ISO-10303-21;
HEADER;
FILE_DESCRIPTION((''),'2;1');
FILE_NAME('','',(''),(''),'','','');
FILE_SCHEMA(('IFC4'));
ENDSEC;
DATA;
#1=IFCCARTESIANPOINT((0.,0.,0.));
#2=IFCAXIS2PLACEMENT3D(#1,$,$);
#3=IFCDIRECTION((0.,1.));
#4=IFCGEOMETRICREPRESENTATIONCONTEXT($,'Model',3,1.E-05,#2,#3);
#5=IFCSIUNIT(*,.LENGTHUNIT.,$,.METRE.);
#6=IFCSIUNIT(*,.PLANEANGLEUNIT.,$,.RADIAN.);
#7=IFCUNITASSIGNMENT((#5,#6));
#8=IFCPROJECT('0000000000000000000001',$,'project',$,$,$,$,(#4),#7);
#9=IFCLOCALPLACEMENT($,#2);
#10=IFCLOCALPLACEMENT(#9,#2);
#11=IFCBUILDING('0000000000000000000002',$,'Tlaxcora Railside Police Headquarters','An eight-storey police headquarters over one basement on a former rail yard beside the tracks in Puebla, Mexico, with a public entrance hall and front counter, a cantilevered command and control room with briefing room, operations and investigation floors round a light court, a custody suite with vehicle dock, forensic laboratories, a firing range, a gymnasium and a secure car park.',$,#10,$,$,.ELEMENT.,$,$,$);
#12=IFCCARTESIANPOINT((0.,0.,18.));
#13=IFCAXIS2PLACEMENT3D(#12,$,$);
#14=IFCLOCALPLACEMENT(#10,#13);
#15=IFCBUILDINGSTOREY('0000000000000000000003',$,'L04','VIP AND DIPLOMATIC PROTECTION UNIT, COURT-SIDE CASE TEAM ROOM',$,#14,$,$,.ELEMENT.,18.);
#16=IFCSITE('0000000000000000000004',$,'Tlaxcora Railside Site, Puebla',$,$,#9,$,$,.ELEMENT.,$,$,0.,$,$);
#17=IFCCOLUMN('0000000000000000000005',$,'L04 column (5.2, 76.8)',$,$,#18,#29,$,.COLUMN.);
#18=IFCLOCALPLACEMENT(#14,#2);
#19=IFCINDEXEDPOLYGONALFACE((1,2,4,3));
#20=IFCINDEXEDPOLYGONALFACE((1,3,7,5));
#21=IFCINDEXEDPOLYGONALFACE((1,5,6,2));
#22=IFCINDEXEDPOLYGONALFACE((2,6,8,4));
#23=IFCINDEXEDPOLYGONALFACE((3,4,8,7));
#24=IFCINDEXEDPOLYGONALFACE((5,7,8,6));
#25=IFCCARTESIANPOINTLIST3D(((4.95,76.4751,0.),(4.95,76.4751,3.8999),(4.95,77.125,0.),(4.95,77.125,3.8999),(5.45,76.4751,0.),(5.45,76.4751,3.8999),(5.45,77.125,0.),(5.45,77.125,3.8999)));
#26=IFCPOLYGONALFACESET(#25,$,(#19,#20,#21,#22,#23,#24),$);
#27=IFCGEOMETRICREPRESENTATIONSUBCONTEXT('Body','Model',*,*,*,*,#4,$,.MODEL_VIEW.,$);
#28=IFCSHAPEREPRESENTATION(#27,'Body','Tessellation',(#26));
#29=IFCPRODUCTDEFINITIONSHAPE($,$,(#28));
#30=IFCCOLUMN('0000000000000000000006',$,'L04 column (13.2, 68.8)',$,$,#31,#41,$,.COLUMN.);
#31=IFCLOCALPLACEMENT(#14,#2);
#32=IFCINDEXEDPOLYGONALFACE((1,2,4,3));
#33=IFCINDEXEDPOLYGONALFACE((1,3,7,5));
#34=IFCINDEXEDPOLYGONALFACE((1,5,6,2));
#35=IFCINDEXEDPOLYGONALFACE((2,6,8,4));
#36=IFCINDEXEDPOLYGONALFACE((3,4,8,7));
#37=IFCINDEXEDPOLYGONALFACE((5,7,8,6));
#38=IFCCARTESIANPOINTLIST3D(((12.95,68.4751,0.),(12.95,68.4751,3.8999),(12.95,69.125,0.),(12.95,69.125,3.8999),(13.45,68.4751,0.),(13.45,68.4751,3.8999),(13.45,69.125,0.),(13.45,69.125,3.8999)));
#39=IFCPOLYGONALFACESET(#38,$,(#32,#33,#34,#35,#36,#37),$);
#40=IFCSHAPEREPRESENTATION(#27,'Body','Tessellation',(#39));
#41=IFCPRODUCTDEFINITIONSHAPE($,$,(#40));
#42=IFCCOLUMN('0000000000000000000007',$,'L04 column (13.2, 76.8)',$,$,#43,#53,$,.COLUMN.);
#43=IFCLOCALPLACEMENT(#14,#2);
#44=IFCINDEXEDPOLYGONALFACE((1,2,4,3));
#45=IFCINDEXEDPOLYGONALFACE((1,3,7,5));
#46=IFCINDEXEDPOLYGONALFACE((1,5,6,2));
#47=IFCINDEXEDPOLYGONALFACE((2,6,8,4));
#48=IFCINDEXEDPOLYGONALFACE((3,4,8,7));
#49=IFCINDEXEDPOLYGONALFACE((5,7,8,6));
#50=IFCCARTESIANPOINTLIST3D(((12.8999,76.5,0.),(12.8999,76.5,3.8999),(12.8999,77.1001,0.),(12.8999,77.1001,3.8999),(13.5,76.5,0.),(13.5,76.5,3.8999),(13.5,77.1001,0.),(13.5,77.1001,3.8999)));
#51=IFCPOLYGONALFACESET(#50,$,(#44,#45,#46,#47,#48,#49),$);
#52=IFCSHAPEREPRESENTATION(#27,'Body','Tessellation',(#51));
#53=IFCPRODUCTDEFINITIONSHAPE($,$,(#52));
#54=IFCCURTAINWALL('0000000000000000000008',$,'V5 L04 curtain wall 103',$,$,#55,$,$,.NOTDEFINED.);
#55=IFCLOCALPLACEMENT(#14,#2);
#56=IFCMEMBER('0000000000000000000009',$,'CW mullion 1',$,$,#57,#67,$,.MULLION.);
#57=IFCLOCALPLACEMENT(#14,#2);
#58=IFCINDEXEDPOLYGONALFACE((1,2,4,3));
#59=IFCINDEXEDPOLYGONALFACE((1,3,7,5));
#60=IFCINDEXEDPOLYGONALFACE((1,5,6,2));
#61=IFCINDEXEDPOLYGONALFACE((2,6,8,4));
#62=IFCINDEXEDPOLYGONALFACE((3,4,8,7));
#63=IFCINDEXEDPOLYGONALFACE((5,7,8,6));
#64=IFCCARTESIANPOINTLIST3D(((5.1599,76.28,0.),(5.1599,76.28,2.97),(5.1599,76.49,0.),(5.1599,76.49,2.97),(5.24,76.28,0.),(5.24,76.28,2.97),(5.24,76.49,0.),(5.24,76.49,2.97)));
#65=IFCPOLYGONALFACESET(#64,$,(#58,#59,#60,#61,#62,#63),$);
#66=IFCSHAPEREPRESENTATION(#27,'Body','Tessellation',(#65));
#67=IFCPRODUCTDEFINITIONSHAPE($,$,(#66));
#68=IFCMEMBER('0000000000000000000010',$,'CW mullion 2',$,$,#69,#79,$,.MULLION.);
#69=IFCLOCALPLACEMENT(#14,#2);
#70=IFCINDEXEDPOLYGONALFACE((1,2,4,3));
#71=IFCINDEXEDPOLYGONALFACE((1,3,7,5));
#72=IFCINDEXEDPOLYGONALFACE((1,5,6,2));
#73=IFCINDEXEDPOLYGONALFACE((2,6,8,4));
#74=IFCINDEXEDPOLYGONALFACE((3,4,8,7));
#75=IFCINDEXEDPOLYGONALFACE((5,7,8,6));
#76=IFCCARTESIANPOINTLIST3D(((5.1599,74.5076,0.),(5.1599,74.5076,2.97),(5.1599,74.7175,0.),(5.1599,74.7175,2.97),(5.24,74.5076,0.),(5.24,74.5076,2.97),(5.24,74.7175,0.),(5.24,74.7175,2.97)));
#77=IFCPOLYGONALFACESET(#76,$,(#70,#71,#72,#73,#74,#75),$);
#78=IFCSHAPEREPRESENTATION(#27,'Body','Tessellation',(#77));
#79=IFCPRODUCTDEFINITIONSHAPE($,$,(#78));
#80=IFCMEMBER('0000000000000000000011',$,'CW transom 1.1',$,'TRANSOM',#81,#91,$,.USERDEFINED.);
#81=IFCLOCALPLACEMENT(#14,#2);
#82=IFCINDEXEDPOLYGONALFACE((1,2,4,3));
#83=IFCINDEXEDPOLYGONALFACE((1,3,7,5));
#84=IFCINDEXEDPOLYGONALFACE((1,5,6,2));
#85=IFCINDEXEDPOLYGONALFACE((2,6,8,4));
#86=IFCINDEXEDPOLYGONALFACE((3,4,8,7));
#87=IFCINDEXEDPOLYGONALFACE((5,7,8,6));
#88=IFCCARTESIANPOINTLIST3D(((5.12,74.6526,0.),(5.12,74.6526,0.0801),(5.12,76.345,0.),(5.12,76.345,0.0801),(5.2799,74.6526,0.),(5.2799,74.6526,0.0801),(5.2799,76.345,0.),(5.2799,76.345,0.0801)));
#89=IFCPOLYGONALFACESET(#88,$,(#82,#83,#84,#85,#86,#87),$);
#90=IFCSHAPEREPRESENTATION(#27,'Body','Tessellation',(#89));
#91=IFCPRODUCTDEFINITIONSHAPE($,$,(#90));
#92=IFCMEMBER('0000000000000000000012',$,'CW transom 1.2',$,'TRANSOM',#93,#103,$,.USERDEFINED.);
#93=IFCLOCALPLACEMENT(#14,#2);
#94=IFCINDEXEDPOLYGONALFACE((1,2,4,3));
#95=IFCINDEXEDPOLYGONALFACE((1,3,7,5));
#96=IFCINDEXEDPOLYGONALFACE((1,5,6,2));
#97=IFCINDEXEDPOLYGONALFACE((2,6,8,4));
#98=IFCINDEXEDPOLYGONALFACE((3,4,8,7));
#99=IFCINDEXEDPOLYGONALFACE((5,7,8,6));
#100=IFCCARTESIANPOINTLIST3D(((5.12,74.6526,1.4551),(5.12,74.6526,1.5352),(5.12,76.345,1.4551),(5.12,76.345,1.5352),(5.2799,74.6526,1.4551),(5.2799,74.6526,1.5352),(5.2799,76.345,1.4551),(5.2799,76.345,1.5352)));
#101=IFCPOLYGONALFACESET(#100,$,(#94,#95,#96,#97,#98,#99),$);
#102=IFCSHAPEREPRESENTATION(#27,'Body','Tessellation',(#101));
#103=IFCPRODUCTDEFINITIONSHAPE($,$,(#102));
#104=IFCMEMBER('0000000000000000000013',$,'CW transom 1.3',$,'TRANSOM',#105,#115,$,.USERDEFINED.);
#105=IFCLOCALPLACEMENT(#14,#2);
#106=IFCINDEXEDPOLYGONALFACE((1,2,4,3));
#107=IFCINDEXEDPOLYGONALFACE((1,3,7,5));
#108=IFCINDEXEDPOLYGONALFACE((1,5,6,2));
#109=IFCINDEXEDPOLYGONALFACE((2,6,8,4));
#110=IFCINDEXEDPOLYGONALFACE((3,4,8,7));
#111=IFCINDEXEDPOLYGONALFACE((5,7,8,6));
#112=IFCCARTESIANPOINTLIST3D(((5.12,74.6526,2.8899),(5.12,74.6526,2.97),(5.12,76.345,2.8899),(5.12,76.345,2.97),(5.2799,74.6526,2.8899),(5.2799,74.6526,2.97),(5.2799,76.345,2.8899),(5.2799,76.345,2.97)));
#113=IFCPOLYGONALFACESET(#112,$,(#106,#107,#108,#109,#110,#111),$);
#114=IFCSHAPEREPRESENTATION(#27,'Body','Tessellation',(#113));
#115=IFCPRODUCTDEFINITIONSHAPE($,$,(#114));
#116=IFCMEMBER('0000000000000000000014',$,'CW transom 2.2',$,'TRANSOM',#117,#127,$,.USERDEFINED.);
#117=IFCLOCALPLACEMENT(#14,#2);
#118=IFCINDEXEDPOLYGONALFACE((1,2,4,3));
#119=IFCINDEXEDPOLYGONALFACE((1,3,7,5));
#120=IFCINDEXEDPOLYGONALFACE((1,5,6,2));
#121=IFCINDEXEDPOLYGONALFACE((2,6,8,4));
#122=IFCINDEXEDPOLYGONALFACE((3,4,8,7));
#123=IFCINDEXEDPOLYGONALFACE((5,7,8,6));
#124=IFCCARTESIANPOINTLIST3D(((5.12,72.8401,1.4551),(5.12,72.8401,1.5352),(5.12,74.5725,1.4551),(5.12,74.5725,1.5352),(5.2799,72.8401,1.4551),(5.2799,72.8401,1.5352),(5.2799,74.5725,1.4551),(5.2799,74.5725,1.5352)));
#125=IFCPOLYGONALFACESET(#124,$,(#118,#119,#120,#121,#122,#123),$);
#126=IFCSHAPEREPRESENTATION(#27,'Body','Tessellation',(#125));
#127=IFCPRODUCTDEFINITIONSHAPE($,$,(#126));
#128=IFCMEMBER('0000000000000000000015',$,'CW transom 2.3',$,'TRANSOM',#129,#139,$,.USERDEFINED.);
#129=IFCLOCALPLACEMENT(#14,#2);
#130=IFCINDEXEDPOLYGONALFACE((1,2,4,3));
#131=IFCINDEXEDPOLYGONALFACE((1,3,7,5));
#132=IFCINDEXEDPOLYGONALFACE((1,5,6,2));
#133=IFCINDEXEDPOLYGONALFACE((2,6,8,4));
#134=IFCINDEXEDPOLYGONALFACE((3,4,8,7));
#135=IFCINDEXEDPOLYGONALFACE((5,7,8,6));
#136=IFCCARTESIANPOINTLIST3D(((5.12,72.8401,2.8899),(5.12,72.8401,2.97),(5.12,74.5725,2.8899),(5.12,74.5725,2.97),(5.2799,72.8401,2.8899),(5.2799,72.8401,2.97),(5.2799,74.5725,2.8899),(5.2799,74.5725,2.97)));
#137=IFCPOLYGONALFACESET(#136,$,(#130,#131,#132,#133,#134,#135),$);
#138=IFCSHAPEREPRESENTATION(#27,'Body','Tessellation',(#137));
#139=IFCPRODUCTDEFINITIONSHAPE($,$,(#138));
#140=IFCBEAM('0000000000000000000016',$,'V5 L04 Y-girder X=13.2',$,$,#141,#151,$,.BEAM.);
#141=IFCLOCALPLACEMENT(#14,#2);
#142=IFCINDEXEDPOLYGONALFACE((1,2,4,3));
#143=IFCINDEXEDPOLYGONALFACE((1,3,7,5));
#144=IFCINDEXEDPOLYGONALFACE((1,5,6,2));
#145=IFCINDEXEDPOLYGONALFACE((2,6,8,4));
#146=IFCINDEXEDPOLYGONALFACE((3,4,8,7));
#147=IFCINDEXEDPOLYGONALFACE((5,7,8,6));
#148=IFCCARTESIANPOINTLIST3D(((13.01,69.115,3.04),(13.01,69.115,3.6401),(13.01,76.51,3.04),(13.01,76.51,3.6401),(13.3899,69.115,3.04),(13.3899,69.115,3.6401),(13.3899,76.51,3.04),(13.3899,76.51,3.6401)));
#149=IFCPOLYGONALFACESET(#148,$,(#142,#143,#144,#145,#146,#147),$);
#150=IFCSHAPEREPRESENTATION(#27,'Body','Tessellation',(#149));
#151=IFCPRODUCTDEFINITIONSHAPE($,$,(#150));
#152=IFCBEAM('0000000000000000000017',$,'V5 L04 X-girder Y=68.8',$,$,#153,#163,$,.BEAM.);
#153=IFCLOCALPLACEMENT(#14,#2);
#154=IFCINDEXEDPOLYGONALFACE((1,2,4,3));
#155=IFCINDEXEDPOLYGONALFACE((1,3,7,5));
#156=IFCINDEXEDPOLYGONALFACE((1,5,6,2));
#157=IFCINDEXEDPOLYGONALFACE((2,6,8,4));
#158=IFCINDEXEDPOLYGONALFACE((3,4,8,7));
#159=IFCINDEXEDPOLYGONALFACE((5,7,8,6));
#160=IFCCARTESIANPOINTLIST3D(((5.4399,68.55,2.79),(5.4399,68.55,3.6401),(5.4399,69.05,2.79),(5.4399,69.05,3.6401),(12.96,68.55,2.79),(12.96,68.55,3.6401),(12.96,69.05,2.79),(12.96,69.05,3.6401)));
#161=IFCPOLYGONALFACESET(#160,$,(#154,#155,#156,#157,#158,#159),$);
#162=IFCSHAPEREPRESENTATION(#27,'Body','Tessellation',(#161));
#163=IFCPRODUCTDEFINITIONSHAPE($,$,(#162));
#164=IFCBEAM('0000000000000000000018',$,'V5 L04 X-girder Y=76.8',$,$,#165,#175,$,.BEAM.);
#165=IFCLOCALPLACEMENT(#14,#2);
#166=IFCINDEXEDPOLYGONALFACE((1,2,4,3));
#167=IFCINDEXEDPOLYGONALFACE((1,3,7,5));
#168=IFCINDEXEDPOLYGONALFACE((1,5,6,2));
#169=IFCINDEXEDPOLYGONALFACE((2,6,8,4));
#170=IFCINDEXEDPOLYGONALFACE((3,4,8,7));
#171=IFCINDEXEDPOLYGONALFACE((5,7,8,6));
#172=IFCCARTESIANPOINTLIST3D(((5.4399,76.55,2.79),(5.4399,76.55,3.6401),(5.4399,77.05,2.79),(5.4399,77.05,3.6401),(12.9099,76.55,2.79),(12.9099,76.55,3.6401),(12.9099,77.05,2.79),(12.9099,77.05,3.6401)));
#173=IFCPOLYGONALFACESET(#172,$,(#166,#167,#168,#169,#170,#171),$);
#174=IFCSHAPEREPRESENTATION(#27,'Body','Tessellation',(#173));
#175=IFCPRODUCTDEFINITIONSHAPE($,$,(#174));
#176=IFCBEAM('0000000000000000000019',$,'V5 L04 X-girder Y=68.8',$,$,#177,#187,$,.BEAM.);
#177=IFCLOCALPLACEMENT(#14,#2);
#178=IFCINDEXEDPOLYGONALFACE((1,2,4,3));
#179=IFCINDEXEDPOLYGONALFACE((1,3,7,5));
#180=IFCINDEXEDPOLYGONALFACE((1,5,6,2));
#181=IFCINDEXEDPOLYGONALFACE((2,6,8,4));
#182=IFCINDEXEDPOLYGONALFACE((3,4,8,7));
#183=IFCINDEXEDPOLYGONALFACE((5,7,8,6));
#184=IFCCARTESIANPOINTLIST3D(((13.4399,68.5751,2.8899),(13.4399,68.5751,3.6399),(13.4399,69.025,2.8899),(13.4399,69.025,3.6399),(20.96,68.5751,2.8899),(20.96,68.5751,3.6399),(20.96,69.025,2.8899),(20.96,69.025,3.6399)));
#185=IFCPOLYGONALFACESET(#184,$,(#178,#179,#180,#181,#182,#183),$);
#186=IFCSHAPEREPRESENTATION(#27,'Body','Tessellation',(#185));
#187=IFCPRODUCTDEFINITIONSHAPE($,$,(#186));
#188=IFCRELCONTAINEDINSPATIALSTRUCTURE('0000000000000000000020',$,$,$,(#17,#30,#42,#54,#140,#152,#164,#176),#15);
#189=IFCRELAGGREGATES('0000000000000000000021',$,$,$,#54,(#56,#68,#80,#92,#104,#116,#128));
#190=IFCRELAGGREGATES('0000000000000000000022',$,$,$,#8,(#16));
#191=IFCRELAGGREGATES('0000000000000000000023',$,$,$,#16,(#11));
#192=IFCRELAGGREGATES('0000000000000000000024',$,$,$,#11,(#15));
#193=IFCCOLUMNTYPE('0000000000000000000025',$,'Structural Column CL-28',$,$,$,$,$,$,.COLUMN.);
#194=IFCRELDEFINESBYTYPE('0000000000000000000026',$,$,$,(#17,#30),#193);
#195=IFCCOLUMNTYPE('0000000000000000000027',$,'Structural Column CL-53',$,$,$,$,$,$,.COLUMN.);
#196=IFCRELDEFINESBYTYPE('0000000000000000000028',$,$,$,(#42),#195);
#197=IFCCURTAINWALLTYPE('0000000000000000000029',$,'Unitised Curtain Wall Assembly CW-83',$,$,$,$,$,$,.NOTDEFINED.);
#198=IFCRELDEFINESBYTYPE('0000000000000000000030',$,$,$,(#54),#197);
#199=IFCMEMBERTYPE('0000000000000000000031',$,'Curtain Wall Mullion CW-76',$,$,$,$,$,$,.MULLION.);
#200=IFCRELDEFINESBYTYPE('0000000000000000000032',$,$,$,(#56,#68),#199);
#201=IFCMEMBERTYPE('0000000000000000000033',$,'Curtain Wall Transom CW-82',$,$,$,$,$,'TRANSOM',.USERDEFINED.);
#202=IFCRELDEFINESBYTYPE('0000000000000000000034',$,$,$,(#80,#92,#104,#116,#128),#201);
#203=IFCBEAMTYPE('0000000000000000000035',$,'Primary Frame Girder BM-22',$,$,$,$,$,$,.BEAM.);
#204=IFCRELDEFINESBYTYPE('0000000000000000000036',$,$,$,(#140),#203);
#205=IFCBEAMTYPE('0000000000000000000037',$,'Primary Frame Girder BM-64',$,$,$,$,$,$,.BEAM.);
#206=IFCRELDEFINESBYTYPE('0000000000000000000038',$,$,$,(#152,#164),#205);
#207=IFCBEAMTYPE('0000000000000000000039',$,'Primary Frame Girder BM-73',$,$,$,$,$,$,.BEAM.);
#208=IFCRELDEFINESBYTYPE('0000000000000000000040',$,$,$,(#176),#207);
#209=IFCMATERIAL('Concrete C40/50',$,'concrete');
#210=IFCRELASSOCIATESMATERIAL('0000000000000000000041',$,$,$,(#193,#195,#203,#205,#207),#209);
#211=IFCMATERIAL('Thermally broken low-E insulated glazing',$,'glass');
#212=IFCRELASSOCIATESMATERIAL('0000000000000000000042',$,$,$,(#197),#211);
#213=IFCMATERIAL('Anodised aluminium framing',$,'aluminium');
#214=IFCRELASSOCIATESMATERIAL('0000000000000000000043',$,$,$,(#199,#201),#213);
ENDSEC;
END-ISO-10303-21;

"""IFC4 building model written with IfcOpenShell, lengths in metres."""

from ifc_helpers import new_model, si_unit, direction, frame, origin, origin_2d, place, context, subcontext, project, spatial, rectangle, extrude, material, material_profile, profile_set, type_object, element, aggregate, save


model = new_model("IFC4")

# Units and contexts
model_context = context("Model", 3, precision=1e-05, world=origin(), true_north=direction((0.0, 1.0)))
body_context = subcontext(model_context, "Body", "Model", "MODEL_VIEW")
ifc_project = project(units=[si_unit("LENGTHUNIT", "METRE"), si_unit("PLANEANGLEUNIT", "RADIAN")], contexts=[model_context])

# Site, building, storey
site_placement = place(None, origin())
site = spatial("IfcSite", under=ifc_project, at=site_placement, Name="Tlaxcora Railside Site, Puebla", CompositionType="ELEMENT", RefElevation=0.0)
building_placement = place(site_placement, origin())
building = spatial("IfcBuilding", under=site, at=building_placement, Name="Tlaxcora Railside Police Headquarters", Description="An eight-storey police headquarters over one basement on a former rail yard beside the tracks in Puebla, Mexico, with a public entrance hall and front counter, a cantilevered command and control room with briefing room, operations and investigation floors round a light court, a custody suite with vehicle dock, forensic laboratories, a firing range, a gymnasium and a secure car park.", CompositionType="ELEMENT")
storey_placement = place(building_placement, frame((0.0, 0.0, 18.0)))
storey = spatial("IfcBuildingStorey", under=building, at=storey_placement, Name="L04", Description="VIP AND DIPLOMATIC PROTECTION UNIT, COURT-SIDE CASE TEAM ROOM", CompositionType="ELEMENT", Elevation=18.0)

# Columns
ifc_material_1 = material(Name="Concrete C40/50", Category="concrete")
ifc_material_profile_1 = material_profile(ifc_material_1, rectangle(XDim=0.5, YDim=0.6499, at=origin_2d()), Name="RC500X650")
ifc_profile_set_1 = profile_set([ifc_material_profile_1], Name="Concrete C40/50")
column_type_1 = type_object("IfcColumnType", Name="Structural Column CL-28", PredefinedType="COLUMN", material=ifc_profile_set_1)
for number, where, z_axis, x_axis, name in (
    (1, (5.2, 76.8, 0.0), (0.0, 0.0, 1.0), (1.0, 0.0, 0.0), "L04 column (5.2, 76.8)"),
    (2, (13.2, 68.8, 0.0), (0.0, 0.0, 1.0), (1.0, 0.0, 0.0), "L04 column (13.2, 68.8)"),
):
    element("IfcColumn", number, at=place(storey_placement, frame(where, z_axis=z_axis, x_axis=x_axis)), inside=storey, type_object=column_type_1, Name=name, PredefinedType="COLUMN", context=body_context, shape_type="SweptSolid", body=[
        extrude(rectangle(XDim=0.5, YDim=0.6499, at=origin_2d()), origin(), (0.0, 0.0, 1.0), 3.8999),
    ])
ifc_material_profile_2 = material_profile(ifc_material_1, rectangle(XDim=0.6001, YDim=0.6001, at=origin_2d()), Name="RC600X600")
ifc_profile_set_2 = profile_set([ifc_material_profile_2], Name="Concrete C40/50")
column_type_2 = type_object("IfcColumnType", Name="Structural Column CL-53", PredefinedType="COLUMN", material=ifc_profile_set_2)
column_placement = place(storey_placement, frame((13.2, 76.8, 0.0), z_axis=(0.0, 0.0, 1.0), x_axis=(1.0, 0.0, 0.0)))
element("IfcColumn", 3, at=column_placement, inside=storey, type_object=column_type_2, Name="L04 column (13.2, 76.8)", PredefinedType="COLUMN", context=body_context, shape_type="SweptSolid", body=[
    extrude(rectangle(XDim=0.6001, YDim=0.6001, at=origin_2d()), origin(), (0.0, 0.0, 1.0), 3.8999),
])

# Curtain wall, members
ifc_material_2 = material(Name="Thermally broken low-E insulated glazing", Category="glass")
curtain_wall_type = type_object("IfcCurtainWallType", Name="Unitised Curtain Wall Assembly CW-83", PredefinedType="NOTDEFINED", material=ifc_material_2)
curtain_wall_placement = place(storey_placement, origin())
curtain_wall = element("IfcCurtainWall", 4, at=curtain_wall_placement, inside=storey, type_object=curtain_wall_type, Name="V5 L04 curtain wall 103", PredefinedType="NOTDEFINED")
ifc_material_3 = material(Name="Anodised aluminium framing", Category="aluminium")
ifc_material_profile_3 = material_profile(ifc_material_3, rectangle(XDim=0.0801, YDim=0.21, at=origin_2d()), Name="AL80X210")
ifc_profile_set_3 = profile_set([ifc_material_profile_3], Name="Anodised aluminium framing")
member_type_1 = type_object("IfcMemberType", Name="Curtain Wall Mullion CW-76", PredefinedType="MULLION", material=ifc_profile_set_3)
member_1_placement = place(storey_placement, frame((5.2, 76.385, 0.0), z_axis=(0.0, 0.0, 1.0), x_axis=(1.0, 0.0, 0.0)))
member_1 = element("IfcMember", 5, at=member_1_placement, type_object=member_type_1, Name="CW mullion 1", PredefinedType="MULLION", context=body_context, shape_type="SweptSolid", body=[
    extrude(rectangle(XDim=0.0801, YDim=0.21, at=origin_2d()), origin(), (0.0, 0.0, 1.0), 2.97),
])
member_2_placement = place(storey_placement, frame((5.2, 74.6125, 0.0), z_axis=(0.0, 0.0, 1.0), x_axis=(1.0, 0.0, 0.0)))
member_2 = element("IfcMember", 6, at=member_2_placement, type_object=member_type_1, Name="CW mullion 2", PredefinedType="MULLION", context=body_context, shape_type="SweptSolid", body=[
    extrude(rectangle(XDim=0.0801, YDim=0.21, at=origin_2d()), origin(), (0.0, 0.0, 1.0), 2.97),
])
ifc_material_profile_4 = material_profile(ifc_material_3, rectangle(XDim=0.1599, YDim=0.0801, at=origin_2d()), Name="AL80X160")
ifc_profile_set_4 = profile_set([ifc_material_profile_4], Name="Anodised aluminium framing")
member_type_2 = type_object("IfcMemberType", Name="Curtain Wall Transom CW-82", ElementType="TRANSOM", PredefinedType="USERDEFINED", material=ifc_profile_set_4)
member_3_placement = place(storey_placement, frame((5.2, 76.345, 0.04), z_axis=(0.0, -1.0, 0.0), x_axis=(1.0, 0.0, 0.0)))
member_3 = element("IfcMember", 7, at=member_3_placement, type_object=member_type_2, Name="CW transom 1.1", ObjectType="TRANSOM", PredefinedType="USERDEFINED", context=body_context, shape_type="SweptSolid", body=[
    extrude(rectangle(XDim=0.1599, YDim=0.0801, at=origin_2d()), origin(), (0.0, 0.0, 1.0), 1.6924),
])
member_4_placement = place(storey_placement, frame((5.2, 76.345, 1.4951), z_axis=(0.0, -1.0, 0.0), x_axis=(1.0, 0.0, 0.0)))
member_4 = element("IfcMember", 8, at=member_4_placement, type_object=member_type_2, Name="CW transom 1.2", ObjectType="TRANSOM", PredefinedType="USERDEFINED", context=body_context, shape_type="SweptSolid", body=[
    extrude(rectangle(XDim=0.1599, YDim=0.0801, at=origin_2d()), origin(), (0.0, 0.0, 1.0), 1.6924),
])
member_5_placement = place(storey_placement, frame((5.2, 76.345, 2.9299), z_axis=(0.0, -1.0, 0.0), x_axis=(1.0, 0.0, 0.0)))
member_5 = element("IfcMember", 9, at=member_5_placement, type_object=member_type_2, Name="CW transom 1.3", ObjectType="TRANSOM", PredefinedType="USERDEFINED", context=body_context, shape_type="SweptSolid", body=[
    extrude(rectangle(XDim=0.1599, YDim=0.0801, at=origin_2d()), origin(), (0.0, 0.0, 1.0), 1.6924),
])
member_6_placement = place(storey_placement, frame((5.2, 74.5725, 1.4951), z_axis=(0.0, -1.0, 0.0), x_axis=(1.0, 0.0, 0.0)))
member_6 = element("IfcMember", 10, at=member_6_placement, type_object=member_type_2, Name="CW transom 2.2", ObjectType="TRANSOM", PredefinedType="USERDEFINED", context=body_context, shape_type="SweptSolid", body=[
    extrude(rectangle(XDim=0.1599, YDim=0.0801, at=origin_2d()), origin(), (0.0, 0.0, 1.0), 1.7324),
])
member_7_placement = place(storey_placement, frame((5.2, 74.5725, 2.9299), z_axis=(0.0, -1.0, 0.0), x_axis=(1.0, 0.0, 0.0)))
member_7 = element("IfcMember", 11, at=member_7_placement, type_object=member_type_2, Name="CW transom 2.3", ObjectType="TRANSOM", PredefinedType="USERDEFINED", context=body_context, shape_type="SweptSolid", body=[
    extrude(rectangle(XDim=0.1599, YDim=0.0801, at=origin_2d()), origin(), (0.0, 0.0, 1.0), 1.7324),
])

# Beams
ifc_material_profile_5 = material_profile(ifc_material_1, rectangle(XDim=0.3799, YDim=0.6001, at=origin_2d()), Name="RC380X600")
ifc_profile_set_5 = profile_set([ifc_material_profile_5], Name="Concrete C40/50")
beam_type_1 = type_object("IfcBeamType", Name="Primary Frame Girder BM-22", PredefinedType="BEAM", material=ifc_profile_set_5)
beam_1_placement = place(storey_placement, frame((13.2, 69.115, 3.3401), z_axis=(0.0, 1.0, 0.0), x_axis=(-1.0, 0.0, 0.0)))
element("IfcBeam", 12, at=beam_1_placement, inside=storey, type_object=beam_type_1, Name="V5 L04 Y-girder X=13.2", PredefinedType="BEAM", context=body_context, shape_type="SweptSolid", body=[
    extrude(rectangle(XDim=0.3799, YDim=0.6001, at=origin_2d()), origin(), (0.0, 0.0, 1.0), 7.395),
])
ifc_material_profile_6 = material_profile(ifc_material_1, rectangle(XDim=0.5, YDim=0.8501, at=origin_2d()), Name="RC500X850")
ifc_profile_set_6 = profile_set([ifc_material_profile_6], Name="Concrete C40/50")
beam_type_2 = type_object("IfcBeamType", Name="Primary Frame Girder BM-64", PredefinedType="BEAM", material=ifc_profile_set_6)
beam_2_placement = place(storey_placement, frame((5.4399, 68.8, 3.2151), z_axis=(1.0, 0.0, 0.0), x_axis=(0.0, 1.0, 0.0)))
element("IfcBeam", 13, at=beam_2_placement, inside=storey, type_object=beam_type_2, Name="V5 L04 X-girder Y=68.8", PredefinedType="BEAM", context=body_context, shape_type="SweptSolid", body=[
    extrude(rectangle(XDim=0.5, YDim=0.8501, at=origin_2d()), origin(), (0.0, 0.0, 1.0), 7.52),
])
beam_3_placement = place(storey_placement, frame((5.4399, 76.8, 3.2151), z_axis=(1.0, 0.0, 0.0), x_axis=(0.0, 1.0, 0.0)))
element("IfcBeam", 14, at=beam_3_placement, inside=storey, type_object=beam_type_2, Name="V5 L04 X-girder Y=76.8", PredefinedType="BEAM", context=body_context, shape_type="SweptSolid", body=[
    extrude(rectangle(XDim=0.5, YDim=0.8501, at=origin_2d()), origin(), (0.0, 0.0, 1.0), 7.47),
])
ifc_material_profile_7 = material_profile(ifc_material_1, rectangle(XDim=0.45, YDim=0.75, at=origin_2d()), Name="RC450X750")
ifc_profile_set_7 = profile_set([ifc_material_profile_7], Name="Concrete C40/50")
beam_type_3 = type_object("IfcBeamType", Name="Primary Frame Girder BM-73", PredefinedType="BEAM", material=ifc_profile_set_7)
beam_4_placement = place(storey_placement, frame((13.4399, 68.8, 3.2649), z_axis=(1.0, 0.0, 0.0), x_axis=(0.0, 1.0, 0.0)))
element("IfcBeam", 15, at=beam_4_placement, inside=storey, type_object=beam_type_3, Name="V5 L04 X-girder Y=68.8", PredefinedType="BEAM", context=body_context, shape_type="SweptSolid", body=[
    extrude(rectangle(XDim=0.45, YDim=0.75, at=origin_2d()), origin(), (0.0, 0.0, 1.0), 7.52),
])

aggregate(curtain_wall, [member_1, member_2, member_3, member_4, member_5, member_6, member_7])

save(model, "model.ifc")
